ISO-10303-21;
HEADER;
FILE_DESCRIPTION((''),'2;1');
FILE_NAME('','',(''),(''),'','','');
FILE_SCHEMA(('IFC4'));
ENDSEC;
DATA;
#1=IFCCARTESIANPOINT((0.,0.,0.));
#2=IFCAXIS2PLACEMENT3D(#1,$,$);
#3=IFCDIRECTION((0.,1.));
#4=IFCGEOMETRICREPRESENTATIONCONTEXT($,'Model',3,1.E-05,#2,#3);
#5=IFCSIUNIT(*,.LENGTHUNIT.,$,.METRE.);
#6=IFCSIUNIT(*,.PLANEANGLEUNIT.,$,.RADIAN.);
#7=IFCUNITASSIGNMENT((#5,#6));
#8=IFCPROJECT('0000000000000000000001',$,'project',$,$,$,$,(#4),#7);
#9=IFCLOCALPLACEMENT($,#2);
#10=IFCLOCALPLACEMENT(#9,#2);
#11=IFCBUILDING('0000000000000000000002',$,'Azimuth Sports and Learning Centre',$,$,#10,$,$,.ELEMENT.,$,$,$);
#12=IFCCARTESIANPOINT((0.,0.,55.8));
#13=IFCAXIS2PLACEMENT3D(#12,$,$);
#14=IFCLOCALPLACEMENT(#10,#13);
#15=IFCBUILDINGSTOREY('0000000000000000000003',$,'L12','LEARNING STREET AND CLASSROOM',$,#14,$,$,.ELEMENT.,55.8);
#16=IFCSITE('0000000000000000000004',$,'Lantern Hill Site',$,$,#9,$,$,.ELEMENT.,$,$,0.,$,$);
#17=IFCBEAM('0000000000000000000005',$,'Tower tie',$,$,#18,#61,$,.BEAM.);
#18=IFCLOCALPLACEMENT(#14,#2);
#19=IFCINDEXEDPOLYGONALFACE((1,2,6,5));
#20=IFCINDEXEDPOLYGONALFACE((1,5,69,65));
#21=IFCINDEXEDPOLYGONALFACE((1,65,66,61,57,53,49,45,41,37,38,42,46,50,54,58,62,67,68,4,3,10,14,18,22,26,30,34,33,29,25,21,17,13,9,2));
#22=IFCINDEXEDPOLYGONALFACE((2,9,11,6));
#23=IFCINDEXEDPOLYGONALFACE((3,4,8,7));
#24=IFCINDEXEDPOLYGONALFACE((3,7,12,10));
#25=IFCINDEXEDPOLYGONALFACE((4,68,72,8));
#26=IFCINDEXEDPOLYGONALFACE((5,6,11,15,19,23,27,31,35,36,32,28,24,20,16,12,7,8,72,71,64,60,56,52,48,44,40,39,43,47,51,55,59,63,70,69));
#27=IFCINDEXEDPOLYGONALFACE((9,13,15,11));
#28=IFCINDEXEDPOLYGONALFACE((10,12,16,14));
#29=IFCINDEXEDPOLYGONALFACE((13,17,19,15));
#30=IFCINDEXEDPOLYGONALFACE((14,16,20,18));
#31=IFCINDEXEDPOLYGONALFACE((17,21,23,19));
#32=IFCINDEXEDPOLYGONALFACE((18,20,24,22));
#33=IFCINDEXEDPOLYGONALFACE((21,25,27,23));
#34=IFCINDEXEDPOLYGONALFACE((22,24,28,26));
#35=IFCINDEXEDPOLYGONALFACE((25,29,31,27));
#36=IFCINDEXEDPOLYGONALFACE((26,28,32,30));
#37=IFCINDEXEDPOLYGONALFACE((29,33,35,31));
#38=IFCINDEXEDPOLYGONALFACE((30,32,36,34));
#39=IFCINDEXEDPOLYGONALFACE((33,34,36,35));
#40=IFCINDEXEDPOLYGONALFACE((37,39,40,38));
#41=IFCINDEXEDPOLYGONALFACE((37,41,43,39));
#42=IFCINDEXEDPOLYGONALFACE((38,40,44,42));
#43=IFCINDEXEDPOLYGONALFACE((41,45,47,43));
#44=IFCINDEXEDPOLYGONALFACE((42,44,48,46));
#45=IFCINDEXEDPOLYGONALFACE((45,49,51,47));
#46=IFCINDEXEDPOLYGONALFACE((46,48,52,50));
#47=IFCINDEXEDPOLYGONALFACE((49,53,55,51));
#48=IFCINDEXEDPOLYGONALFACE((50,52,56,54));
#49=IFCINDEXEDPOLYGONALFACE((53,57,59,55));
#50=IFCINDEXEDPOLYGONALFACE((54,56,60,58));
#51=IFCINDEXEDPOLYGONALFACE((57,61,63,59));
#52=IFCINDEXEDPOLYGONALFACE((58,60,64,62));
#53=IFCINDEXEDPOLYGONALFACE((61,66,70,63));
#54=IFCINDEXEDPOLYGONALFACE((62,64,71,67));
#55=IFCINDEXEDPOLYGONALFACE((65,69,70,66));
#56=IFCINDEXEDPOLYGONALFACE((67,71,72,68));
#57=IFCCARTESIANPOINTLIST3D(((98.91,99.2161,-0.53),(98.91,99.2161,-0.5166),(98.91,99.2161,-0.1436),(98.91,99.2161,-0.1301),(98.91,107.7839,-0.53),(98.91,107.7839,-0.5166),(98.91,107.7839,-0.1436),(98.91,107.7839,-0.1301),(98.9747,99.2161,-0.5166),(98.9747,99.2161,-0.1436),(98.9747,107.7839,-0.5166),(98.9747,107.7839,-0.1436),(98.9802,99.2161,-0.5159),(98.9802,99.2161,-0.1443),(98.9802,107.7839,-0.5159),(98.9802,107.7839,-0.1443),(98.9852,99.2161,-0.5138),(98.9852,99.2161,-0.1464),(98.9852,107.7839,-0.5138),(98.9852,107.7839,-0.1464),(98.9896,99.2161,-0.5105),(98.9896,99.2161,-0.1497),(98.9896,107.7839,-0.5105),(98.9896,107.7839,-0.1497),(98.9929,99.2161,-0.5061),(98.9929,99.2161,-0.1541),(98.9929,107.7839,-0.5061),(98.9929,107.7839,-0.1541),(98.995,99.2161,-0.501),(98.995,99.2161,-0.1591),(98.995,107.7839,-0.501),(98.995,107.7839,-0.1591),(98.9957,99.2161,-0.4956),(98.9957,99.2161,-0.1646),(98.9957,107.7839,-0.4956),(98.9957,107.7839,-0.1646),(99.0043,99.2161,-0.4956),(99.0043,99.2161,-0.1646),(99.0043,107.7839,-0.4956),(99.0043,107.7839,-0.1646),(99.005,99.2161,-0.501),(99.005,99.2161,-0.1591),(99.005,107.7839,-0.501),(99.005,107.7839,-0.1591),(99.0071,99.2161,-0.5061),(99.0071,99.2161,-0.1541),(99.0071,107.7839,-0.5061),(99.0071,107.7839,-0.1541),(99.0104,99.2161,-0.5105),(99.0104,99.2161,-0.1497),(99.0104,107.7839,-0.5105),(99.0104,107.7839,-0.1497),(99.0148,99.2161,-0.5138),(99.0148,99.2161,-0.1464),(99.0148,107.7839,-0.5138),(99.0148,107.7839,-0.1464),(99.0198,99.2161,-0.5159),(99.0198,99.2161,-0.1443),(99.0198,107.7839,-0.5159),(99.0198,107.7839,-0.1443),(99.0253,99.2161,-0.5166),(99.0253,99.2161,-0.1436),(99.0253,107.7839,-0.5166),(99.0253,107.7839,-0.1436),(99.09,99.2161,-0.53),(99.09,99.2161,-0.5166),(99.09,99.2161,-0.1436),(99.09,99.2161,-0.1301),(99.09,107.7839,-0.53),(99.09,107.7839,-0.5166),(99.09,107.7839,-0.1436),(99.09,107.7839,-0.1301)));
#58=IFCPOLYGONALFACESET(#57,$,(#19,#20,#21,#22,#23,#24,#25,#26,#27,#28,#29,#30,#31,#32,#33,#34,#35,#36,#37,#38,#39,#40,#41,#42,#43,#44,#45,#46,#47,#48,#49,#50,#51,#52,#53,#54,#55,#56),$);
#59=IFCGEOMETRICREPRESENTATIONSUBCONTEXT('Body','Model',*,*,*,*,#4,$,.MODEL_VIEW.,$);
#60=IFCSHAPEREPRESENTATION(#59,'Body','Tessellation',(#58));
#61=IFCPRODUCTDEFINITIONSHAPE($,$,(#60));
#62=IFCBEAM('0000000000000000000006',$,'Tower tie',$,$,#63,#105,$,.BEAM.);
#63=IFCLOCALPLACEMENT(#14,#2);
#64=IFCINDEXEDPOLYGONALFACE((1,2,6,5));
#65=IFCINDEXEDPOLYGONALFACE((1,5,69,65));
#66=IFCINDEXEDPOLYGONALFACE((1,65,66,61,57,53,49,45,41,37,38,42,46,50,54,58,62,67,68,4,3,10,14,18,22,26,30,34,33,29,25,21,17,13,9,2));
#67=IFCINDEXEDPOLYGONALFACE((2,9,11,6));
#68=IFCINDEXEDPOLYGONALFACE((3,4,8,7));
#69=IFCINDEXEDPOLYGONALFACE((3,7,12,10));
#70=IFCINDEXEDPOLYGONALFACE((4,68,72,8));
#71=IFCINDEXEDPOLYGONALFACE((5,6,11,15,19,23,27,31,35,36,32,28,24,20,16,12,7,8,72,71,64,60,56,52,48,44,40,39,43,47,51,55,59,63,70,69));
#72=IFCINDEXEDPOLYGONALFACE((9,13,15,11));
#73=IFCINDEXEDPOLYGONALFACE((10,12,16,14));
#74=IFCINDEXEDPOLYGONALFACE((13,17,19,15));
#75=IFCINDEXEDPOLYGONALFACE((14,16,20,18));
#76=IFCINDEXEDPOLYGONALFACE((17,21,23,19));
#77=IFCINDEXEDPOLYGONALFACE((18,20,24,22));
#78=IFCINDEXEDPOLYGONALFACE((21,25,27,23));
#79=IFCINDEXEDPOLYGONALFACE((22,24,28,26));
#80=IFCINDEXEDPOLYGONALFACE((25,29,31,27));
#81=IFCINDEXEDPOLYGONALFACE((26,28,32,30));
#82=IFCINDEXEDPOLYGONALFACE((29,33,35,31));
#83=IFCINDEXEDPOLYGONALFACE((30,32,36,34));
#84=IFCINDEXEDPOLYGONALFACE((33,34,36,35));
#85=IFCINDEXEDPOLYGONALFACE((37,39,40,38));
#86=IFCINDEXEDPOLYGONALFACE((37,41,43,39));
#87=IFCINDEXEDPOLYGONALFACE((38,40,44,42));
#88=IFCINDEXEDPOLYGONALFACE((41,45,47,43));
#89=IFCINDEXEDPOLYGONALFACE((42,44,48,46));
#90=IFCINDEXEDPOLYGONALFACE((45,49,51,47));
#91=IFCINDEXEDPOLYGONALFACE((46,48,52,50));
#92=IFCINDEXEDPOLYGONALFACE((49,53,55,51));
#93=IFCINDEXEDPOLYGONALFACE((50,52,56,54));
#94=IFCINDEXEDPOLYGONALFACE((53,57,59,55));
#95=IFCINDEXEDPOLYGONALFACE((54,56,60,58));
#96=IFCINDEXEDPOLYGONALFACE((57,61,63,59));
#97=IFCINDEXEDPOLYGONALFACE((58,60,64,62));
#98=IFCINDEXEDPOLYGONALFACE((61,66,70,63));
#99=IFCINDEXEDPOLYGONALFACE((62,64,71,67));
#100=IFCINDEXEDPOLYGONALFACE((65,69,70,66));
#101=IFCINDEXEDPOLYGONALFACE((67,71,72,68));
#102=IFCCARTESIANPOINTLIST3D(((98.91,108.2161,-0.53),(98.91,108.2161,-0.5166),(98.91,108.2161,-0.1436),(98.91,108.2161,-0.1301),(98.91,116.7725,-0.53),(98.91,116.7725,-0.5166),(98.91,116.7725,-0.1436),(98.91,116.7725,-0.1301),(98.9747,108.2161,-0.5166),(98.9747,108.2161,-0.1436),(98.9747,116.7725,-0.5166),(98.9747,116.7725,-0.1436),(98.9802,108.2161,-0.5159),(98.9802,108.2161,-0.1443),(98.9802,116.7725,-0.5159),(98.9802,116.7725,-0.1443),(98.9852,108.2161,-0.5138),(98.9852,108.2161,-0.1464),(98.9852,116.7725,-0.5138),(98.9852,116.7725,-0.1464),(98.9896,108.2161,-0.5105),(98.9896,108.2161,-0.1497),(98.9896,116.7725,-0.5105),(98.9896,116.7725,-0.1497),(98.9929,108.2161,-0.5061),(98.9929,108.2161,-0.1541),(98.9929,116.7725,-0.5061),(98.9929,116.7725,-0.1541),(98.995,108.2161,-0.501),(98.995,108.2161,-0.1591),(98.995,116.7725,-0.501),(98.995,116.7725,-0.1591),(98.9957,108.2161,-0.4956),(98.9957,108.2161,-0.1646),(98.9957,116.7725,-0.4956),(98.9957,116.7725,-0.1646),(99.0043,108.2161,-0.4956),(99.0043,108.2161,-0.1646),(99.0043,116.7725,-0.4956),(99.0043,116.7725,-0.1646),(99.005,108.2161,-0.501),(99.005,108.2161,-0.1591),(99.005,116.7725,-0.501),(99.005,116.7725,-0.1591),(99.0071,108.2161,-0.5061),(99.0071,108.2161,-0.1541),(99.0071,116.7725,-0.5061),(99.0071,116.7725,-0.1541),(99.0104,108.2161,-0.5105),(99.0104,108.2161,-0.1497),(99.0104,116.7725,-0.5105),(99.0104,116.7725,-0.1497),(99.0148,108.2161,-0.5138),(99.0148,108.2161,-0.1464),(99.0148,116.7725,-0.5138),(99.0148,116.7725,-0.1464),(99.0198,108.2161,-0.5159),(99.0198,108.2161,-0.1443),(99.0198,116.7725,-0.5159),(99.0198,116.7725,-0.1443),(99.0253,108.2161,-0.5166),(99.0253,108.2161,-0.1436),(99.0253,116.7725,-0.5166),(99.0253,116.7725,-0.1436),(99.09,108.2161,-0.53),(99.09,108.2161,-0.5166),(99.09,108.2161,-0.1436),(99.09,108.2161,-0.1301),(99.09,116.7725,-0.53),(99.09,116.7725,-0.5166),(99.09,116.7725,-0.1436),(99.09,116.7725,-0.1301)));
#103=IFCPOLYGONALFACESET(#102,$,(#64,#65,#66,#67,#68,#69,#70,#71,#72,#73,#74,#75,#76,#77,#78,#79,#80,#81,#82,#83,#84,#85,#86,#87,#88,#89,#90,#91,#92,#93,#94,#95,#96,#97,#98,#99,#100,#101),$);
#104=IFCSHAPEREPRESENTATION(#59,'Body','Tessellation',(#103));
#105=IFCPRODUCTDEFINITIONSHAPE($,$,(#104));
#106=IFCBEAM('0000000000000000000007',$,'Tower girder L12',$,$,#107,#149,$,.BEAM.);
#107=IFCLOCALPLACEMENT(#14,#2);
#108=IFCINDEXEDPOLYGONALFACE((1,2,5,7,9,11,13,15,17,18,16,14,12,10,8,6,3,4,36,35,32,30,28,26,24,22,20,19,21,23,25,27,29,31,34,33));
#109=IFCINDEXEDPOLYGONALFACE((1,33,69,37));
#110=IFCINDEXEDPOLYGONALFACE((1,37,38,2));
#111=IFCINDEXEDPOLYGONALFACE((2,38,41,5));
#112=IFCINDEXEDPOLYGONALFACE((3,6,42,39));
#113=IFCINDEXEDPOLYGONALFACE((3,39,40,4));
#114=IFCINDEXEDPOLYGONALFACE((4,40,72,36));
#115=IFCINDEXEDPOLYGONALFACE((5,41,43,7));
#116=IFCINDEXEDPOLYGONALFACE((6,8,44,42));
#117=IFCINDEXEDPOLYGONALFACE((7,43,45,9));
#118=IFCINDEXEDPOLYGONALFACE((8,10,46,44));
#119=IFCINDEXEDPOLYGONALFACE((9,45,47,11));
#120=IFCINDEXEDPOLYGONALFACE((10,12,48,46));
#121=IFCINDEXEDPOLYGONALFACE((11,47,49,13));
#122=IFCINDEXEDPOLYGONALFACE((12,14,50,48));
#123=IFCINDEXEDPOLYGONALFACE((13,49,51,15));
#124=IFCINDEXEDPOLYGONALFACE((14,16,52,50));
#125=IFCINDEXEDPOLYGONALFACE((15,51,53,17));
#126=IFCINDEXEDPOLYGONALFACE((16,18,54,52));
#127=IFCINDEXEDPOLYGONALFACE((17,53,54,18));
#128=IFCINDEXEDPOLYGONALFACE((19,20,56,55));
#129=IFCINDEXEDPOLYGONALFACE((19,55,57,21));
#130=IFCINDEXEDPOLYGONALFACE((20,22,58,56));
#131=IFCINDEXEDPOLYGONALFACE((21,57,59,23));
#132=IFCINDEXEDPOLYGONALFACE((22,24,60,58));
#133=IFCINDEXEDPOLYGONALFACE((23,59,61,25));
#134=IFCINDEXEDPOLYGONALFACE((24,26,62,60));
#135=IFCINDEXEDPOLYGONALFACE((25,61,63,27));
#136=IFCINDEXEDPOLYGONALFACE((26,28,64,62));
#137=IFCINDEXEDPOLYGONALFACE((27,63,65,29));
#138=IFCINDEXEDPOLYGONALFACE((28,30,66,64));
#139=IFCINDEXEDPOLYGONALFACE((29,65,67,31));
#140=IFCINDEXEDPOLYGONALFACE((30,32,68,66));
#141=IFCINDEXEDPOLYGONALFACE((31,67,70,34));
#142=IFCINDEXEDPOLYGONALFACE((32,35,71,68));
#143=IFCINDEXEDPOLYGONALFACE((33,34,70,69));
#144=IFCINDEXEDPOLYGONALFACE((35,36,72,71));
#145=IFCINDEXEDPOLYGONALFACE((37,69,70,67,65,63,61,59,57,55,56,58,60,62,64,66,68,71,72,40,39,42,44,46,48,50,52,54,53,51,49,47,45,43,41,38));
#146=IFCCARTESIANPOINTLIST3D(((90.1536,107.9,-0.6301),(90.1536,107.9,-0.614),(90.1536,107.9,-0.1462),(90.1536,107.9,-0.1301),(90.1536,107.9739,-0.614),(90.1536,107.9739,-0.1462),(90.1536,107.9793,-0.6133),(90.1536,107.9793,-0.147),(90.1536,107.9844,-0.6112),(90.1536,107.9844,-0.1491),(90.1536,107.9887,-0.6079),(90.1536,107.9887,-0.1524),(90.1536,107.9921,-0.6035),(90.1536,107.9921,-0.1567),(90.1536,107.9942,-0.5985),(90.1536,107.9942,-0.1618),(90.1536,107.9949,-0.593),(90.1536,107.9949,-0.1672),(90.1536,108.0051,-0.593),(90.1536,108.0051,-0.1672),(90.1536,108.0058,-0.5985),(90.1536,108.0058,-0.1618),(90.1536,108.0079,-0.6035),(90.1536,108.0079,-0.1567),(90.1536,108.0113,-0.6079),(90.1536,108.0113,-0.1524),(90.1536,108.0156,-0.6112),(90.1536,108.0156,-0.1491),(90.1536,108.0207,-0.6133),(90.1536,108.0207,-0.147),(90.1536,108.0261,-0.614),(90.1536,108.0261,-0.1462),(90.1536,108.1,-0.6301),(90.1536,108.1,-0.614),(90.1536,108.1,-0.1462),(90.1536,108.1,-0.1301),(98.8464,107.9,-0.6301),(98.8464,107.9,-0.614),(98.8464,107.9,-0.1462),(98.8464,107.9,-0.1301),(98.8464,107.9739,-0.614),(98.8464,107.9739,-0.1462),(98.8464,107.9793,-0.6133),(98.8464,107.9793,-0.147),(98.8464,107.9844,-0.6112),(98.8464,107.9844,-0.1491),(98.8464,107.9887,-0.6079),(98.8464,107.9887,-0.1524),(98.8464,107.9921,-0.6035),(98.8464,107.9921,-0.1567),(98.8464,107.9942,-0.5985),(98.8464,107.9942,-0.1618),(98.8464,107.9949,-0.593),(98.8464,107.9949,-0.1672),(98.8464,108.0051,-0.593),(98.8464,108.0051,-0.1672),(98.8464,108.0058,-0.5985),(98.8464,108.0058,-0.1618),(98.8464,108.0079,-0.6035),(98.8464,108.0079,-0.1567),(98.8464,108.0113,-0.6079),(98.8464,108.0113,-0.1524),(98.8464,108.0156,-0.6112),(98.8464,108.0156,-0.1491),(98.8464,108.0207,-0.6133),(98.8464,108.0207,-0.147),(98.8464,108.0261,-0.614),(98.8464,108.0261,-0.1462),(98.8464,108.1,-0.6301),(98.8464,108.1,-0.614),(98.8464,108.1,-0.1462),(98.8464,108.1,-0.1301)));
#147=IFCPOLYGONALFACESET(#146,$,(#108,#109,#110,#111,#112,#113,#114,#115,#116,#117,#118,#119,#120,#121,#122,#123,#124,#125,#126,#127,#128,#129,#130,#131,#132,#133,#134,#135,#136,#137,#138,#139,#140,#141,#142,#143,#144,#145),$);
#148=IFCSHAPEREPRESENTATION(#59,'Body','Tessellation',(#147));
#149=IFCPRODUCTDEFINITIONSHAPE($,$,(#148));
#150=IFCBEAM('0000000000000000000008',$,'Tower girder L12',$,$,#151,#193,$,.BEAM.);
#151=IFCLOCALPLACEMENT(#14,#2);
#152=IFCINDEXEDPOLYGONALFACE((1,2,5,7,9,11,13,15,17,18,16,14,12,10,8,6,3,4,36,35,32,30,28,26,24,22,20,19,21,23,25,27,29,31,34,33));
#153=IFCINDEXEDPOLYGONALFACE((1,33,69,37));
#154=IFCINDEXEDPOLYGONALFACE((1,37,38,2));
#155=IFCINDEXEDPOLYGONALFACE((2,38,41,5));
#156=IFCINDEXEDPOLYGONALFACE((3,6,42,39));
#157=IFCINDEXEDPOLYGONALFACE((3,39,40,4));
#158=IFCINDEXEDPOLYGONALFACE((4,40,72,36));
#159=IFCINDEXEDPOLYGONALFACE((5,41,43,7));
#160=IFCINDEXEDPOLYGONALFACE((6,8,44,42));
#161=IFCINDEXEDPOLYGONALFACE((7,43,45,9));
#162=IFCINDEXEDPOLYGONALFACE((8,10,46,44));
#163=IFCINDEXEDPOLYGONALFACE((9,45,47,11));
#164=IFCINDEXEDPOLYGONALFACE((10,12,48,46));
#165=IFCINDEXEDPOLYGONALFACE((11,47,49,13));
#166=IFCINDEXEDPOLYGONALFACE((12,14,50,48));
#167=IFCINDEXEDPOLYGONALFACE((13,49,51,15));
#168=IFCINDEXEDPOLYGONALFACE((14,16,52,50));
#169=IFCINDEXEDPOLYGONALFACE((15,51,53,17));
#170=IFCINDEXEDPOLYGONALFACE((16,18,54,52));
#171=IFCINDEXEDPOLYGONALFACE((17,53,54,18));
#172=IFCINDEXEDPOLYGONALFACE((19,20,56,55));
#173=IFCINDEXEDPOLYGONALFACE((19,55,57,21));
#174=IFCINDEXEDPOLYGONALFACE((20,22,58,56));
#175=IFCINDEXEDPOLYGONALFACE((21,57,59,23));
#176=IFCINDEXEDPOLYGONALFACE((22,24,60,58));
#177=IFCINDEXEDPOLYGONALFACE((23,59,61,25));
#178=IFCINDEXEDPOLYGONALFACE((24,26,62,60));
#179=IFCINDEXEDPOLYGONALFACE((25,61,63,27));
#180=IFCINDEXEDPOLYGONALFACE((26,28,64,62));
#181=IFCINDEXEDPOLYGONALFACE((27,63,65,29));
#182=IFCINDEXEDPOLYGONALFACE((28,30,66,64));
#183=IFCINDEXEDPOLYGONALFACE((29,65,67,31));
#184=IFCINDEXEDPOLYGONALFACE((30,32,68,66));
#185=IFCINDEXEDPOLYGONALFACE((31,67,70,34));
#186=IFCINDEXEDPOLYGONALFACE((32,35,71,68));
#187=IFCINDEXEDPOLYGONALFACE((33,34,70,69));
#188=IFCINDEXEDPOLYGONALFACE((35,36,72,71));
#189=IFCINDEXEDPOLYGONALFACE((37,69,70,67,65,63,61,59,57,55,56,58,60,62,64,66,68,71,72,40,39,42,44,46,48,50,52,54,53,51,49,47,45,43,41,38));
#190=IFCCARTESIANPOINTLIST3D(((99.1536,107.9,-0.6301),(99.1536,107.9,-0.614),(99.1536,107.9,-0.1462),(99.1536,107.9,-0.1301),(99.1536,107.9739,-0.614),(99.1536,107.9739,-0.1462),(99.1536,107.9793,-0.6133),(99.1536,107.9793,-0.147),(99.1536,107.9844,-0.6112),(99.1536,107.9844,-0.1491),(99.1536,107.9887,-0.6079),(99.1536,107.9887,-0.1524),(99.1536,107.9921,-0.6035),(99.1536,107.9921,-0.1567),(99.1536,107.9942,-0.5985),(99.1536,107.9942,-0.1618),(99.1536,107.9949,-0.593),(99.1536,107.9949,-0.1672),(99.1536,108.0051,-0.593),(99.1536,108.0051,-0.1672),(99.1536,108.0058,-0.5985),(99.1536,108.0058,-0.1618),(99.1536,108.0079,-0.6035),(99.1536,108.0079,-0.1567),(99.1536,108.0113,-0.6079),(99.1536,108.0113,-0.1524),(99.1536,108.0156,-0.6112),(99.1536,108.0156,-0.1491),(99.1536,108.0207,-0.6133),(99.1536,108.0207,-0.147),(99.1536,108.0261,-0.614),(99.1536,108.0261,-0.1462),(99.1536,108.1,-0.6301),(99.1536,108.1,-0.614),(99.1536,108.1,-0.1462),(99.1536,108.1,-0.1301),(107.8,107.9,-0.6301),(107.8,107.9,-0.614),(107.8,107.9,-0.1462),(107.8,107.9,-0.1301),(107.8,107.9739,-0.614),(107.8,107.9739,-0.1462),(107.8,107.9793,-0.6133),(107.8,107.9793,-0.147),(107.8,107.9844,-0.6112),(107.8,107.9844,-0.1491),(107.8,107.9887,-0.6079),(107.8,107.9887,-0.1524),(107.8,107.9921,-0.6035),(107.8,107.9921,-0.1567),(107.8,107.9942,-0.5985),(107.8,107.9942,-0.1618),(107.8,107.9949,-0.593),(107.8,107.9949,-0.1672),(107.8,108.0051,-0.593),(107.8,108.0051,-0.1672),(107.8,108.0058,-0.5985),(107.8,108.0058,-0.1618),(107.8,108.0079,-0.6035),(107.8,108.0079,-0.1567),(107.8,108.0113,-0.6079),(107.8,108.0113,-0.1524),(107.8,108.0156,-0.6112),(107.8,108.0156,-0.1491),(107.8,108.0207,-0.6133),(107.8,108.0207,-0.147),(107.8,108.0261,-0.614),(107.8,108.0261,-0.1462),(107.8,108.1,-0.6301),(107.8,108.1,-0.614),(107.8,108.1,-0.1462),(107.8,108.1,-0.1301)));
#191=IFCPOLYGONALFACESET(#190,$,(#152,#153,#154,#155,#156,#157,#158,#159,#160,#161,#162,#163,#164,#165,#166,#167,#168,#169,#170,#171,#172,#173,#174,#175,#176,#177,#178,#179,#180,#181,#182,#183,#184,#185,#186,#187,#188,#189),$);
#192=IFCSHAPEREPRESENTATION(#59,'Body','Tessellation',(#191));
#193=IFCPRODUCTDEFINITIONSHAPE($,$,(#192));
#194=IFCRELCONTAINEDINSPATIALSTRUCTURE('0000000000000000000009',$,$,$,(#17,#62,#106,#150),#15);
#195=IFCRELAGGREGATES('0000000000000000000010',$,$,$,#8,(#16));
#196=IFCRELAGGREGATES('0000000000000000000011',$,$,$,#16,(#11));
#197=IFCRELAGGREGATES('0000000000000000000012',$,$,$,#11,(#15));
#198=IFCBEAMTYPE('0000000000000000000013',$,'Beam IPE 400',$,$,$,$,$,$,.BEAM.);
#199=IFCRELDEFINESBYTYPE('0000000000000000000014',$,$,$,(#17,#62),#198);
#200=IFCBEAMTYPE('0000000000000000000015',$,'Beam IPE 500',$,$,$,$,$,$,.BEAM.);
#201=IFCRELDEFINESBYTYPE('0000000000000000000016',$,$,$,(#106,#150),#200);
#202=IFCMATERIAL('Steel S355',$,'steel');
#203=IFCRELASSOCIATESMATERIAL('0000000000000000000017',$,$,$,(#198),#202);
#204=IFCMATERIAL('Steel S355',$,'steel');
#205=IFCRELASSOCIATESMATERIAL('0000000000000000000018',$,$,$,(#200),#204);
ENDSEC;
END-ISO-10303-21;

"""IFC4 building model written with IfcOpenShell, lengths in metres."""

from ifc_helpers import new_model, si_unit, direction, frame, origin, origin_2d, place, context, subcontext, project, spatial, i_section, extrude, material, material_profile, profile_set, type_object, element, save


model = new_model("IFC4")

# Units and contexts
model_context = context("Model", 3, precision=1e-05, world=origin(), true_north=direction((0.0, 1.0)))
body_context = subcontext(model_context, "Body", "Model", "MODEL_VIEW")
ifc_project = project(units=[si_unit("LENGTHUNIT", "METRE"), si_unit("PLANEANGLEUNIT", "RADIAN")], contexts=[model_context])

# Site, building, storey
site_placement = place(None, origin())
site = spatial("IfcSite", under=ifc_project, at=site_placement, Name="Lantern Hill Site", CompositionType="ELEMENT", RefElevation=0.0)
building_placement = place(site_placement, origin())
building = spatial("IfcBuilding", under=site, at=building_placement, Name="Azimuth Sports and Learning Centre", CompositionType="ELEMENT")
storey_placement = place(building_placement, frame((0.0, 0.0, 55.8)))
storey = spatial("IfcBuildingStorey", under=building, at=storey_placement, Name="L12", Description="LEARNING STREET AND CLASSROOM", CompositionType="ELEMENT", Elevation=55.8)

# Beams
ifc_material_1 = material(Name="Steel S355", Category="steel")
ifc_material_profile_1 = material_profile(ifc_material_1, i_section(OverallWidth=0.1799, OverallDepth=0.3999, WebThickness=0.0085, FlangeThickness=0.0134, FilletRadius=0.021, at=origin_2d()), Name="IPE 400")
ifc_profile_set_1 = profile_set([ifc_material_profile_1], Name="Steel S355")
beam_type_1 = type_object("IfcBeamType", Name="Beam IPE 400", PredefinedType="BEAM", material=ifc_profile_set_1)
beam_1_placement = place(storey_placement, frame((99.0, 99.2161, -0.3301), z_axis=(0.0, 1.0, 0.0), x_axis=(-1.0, 0.0, 0.0)))
element("IfcBeam", 1, at=beam_1_placement, inside=storey, type_object=beam_type_1, Name="Tower tie", PredefinedType="BEAM", context=body_context, shape_type="SweptSolid", body=[
    extrude(i_section(OverallWidth=0.1799, OverallDepth=0.3999, WebThickness=0.0085, FlangeThickness=0.0134, FilletRadius=0.021, at=origin_2d()), origin(), (0.0, 0.0, 1.0), 8.5679),
])
beam_2_placement = place(storey_placement, frame((99.0, 108.2161, -0.3301), z_axis=(0.0, 1.0, 0.0), x_axis=(-1.0, 0.0, 0.0)))
element("IfcBeam", 2, at=beam_2_placement, inside=storey, type_object=beam_type_1, Name="Tower tie", PredefinedType="BEAM", context=body_context, shape_type="SweptSolid", body=[
    extrude(i_section(OverallWidth=0.1799, OverallDepth=0.3999, WebThickness=0.0085, FlangeThickness=0.0134, FilletRadius=0.021, at=origin_2d()), origin(), (0.0, 0.0, 1.0), 8.5564),
])
ifc_material_2 = material(Name="Steel S355", Category="steel")
ifc_material_profile_2 = material_profile(ifc_material_2, i_section(OverallWidth=0.2, OverallDepth=0.5, WebThickness=0.0103, FlangeThickness=0.0161, FilletRadius=0.021, at=origin_2d()), Name="IPE 500")
ifc_profile_set_2 = profile_set([ifc_material_profile_2], Name="Steel S355")
beam_type_2 = type_object("IfcBeamType", Name="Beam IPE 500", PredefinedType="BEAM", material=ifc_profile_set_2)
beam_3_placement = place(storey_placement, frame((90.1536, 108.0, -0.3801), z_axis=(1.0, 0.0, 0.0), x_axis=(0.0, 1.0, 0.0)))
element("IfcBeam", 3, at=beam_3_placement, inside=storey, type_object=beam_type_2, Name="Tower girder L12", PredefinedType="BEAM", context=body_context, shape_type="SweptSolid", body=[
    extrude(i_section(OverallWidth=0.2, OverallDepth=0.5, WebThickness=0.0103, FlangeThickness=0.0161, FilletRadius=0.021, at=origin_2d()), origin(), (0.0, 0.0, 1.0), 8.6929),
])
beam_4_placement = place(storey_placement, frame((99.1536, 108.0, -0.3801), z_axis=(1.0, 0.0, 0.0), x_axis=(0.0, 1.0, 0.0)))
element("IfcBeam", 4, at=beam_4_placement, inside=storey, type_object=beam_type_2, Name="Tower girder L12", PredefinedType="BEAM", context=body_context, shape_type="SweptSolid", body=[
    extrude(i_section(OverallWidth=0.2, OverallDepth=0.5, WebThickness=0.0103, FlangeThickness=0.0161, FilletRadius=0.021, at=origin_2d()), origin(), (0.0, 0.0, 1.0), 8.6465),
])

save(model, "model.ifc")
